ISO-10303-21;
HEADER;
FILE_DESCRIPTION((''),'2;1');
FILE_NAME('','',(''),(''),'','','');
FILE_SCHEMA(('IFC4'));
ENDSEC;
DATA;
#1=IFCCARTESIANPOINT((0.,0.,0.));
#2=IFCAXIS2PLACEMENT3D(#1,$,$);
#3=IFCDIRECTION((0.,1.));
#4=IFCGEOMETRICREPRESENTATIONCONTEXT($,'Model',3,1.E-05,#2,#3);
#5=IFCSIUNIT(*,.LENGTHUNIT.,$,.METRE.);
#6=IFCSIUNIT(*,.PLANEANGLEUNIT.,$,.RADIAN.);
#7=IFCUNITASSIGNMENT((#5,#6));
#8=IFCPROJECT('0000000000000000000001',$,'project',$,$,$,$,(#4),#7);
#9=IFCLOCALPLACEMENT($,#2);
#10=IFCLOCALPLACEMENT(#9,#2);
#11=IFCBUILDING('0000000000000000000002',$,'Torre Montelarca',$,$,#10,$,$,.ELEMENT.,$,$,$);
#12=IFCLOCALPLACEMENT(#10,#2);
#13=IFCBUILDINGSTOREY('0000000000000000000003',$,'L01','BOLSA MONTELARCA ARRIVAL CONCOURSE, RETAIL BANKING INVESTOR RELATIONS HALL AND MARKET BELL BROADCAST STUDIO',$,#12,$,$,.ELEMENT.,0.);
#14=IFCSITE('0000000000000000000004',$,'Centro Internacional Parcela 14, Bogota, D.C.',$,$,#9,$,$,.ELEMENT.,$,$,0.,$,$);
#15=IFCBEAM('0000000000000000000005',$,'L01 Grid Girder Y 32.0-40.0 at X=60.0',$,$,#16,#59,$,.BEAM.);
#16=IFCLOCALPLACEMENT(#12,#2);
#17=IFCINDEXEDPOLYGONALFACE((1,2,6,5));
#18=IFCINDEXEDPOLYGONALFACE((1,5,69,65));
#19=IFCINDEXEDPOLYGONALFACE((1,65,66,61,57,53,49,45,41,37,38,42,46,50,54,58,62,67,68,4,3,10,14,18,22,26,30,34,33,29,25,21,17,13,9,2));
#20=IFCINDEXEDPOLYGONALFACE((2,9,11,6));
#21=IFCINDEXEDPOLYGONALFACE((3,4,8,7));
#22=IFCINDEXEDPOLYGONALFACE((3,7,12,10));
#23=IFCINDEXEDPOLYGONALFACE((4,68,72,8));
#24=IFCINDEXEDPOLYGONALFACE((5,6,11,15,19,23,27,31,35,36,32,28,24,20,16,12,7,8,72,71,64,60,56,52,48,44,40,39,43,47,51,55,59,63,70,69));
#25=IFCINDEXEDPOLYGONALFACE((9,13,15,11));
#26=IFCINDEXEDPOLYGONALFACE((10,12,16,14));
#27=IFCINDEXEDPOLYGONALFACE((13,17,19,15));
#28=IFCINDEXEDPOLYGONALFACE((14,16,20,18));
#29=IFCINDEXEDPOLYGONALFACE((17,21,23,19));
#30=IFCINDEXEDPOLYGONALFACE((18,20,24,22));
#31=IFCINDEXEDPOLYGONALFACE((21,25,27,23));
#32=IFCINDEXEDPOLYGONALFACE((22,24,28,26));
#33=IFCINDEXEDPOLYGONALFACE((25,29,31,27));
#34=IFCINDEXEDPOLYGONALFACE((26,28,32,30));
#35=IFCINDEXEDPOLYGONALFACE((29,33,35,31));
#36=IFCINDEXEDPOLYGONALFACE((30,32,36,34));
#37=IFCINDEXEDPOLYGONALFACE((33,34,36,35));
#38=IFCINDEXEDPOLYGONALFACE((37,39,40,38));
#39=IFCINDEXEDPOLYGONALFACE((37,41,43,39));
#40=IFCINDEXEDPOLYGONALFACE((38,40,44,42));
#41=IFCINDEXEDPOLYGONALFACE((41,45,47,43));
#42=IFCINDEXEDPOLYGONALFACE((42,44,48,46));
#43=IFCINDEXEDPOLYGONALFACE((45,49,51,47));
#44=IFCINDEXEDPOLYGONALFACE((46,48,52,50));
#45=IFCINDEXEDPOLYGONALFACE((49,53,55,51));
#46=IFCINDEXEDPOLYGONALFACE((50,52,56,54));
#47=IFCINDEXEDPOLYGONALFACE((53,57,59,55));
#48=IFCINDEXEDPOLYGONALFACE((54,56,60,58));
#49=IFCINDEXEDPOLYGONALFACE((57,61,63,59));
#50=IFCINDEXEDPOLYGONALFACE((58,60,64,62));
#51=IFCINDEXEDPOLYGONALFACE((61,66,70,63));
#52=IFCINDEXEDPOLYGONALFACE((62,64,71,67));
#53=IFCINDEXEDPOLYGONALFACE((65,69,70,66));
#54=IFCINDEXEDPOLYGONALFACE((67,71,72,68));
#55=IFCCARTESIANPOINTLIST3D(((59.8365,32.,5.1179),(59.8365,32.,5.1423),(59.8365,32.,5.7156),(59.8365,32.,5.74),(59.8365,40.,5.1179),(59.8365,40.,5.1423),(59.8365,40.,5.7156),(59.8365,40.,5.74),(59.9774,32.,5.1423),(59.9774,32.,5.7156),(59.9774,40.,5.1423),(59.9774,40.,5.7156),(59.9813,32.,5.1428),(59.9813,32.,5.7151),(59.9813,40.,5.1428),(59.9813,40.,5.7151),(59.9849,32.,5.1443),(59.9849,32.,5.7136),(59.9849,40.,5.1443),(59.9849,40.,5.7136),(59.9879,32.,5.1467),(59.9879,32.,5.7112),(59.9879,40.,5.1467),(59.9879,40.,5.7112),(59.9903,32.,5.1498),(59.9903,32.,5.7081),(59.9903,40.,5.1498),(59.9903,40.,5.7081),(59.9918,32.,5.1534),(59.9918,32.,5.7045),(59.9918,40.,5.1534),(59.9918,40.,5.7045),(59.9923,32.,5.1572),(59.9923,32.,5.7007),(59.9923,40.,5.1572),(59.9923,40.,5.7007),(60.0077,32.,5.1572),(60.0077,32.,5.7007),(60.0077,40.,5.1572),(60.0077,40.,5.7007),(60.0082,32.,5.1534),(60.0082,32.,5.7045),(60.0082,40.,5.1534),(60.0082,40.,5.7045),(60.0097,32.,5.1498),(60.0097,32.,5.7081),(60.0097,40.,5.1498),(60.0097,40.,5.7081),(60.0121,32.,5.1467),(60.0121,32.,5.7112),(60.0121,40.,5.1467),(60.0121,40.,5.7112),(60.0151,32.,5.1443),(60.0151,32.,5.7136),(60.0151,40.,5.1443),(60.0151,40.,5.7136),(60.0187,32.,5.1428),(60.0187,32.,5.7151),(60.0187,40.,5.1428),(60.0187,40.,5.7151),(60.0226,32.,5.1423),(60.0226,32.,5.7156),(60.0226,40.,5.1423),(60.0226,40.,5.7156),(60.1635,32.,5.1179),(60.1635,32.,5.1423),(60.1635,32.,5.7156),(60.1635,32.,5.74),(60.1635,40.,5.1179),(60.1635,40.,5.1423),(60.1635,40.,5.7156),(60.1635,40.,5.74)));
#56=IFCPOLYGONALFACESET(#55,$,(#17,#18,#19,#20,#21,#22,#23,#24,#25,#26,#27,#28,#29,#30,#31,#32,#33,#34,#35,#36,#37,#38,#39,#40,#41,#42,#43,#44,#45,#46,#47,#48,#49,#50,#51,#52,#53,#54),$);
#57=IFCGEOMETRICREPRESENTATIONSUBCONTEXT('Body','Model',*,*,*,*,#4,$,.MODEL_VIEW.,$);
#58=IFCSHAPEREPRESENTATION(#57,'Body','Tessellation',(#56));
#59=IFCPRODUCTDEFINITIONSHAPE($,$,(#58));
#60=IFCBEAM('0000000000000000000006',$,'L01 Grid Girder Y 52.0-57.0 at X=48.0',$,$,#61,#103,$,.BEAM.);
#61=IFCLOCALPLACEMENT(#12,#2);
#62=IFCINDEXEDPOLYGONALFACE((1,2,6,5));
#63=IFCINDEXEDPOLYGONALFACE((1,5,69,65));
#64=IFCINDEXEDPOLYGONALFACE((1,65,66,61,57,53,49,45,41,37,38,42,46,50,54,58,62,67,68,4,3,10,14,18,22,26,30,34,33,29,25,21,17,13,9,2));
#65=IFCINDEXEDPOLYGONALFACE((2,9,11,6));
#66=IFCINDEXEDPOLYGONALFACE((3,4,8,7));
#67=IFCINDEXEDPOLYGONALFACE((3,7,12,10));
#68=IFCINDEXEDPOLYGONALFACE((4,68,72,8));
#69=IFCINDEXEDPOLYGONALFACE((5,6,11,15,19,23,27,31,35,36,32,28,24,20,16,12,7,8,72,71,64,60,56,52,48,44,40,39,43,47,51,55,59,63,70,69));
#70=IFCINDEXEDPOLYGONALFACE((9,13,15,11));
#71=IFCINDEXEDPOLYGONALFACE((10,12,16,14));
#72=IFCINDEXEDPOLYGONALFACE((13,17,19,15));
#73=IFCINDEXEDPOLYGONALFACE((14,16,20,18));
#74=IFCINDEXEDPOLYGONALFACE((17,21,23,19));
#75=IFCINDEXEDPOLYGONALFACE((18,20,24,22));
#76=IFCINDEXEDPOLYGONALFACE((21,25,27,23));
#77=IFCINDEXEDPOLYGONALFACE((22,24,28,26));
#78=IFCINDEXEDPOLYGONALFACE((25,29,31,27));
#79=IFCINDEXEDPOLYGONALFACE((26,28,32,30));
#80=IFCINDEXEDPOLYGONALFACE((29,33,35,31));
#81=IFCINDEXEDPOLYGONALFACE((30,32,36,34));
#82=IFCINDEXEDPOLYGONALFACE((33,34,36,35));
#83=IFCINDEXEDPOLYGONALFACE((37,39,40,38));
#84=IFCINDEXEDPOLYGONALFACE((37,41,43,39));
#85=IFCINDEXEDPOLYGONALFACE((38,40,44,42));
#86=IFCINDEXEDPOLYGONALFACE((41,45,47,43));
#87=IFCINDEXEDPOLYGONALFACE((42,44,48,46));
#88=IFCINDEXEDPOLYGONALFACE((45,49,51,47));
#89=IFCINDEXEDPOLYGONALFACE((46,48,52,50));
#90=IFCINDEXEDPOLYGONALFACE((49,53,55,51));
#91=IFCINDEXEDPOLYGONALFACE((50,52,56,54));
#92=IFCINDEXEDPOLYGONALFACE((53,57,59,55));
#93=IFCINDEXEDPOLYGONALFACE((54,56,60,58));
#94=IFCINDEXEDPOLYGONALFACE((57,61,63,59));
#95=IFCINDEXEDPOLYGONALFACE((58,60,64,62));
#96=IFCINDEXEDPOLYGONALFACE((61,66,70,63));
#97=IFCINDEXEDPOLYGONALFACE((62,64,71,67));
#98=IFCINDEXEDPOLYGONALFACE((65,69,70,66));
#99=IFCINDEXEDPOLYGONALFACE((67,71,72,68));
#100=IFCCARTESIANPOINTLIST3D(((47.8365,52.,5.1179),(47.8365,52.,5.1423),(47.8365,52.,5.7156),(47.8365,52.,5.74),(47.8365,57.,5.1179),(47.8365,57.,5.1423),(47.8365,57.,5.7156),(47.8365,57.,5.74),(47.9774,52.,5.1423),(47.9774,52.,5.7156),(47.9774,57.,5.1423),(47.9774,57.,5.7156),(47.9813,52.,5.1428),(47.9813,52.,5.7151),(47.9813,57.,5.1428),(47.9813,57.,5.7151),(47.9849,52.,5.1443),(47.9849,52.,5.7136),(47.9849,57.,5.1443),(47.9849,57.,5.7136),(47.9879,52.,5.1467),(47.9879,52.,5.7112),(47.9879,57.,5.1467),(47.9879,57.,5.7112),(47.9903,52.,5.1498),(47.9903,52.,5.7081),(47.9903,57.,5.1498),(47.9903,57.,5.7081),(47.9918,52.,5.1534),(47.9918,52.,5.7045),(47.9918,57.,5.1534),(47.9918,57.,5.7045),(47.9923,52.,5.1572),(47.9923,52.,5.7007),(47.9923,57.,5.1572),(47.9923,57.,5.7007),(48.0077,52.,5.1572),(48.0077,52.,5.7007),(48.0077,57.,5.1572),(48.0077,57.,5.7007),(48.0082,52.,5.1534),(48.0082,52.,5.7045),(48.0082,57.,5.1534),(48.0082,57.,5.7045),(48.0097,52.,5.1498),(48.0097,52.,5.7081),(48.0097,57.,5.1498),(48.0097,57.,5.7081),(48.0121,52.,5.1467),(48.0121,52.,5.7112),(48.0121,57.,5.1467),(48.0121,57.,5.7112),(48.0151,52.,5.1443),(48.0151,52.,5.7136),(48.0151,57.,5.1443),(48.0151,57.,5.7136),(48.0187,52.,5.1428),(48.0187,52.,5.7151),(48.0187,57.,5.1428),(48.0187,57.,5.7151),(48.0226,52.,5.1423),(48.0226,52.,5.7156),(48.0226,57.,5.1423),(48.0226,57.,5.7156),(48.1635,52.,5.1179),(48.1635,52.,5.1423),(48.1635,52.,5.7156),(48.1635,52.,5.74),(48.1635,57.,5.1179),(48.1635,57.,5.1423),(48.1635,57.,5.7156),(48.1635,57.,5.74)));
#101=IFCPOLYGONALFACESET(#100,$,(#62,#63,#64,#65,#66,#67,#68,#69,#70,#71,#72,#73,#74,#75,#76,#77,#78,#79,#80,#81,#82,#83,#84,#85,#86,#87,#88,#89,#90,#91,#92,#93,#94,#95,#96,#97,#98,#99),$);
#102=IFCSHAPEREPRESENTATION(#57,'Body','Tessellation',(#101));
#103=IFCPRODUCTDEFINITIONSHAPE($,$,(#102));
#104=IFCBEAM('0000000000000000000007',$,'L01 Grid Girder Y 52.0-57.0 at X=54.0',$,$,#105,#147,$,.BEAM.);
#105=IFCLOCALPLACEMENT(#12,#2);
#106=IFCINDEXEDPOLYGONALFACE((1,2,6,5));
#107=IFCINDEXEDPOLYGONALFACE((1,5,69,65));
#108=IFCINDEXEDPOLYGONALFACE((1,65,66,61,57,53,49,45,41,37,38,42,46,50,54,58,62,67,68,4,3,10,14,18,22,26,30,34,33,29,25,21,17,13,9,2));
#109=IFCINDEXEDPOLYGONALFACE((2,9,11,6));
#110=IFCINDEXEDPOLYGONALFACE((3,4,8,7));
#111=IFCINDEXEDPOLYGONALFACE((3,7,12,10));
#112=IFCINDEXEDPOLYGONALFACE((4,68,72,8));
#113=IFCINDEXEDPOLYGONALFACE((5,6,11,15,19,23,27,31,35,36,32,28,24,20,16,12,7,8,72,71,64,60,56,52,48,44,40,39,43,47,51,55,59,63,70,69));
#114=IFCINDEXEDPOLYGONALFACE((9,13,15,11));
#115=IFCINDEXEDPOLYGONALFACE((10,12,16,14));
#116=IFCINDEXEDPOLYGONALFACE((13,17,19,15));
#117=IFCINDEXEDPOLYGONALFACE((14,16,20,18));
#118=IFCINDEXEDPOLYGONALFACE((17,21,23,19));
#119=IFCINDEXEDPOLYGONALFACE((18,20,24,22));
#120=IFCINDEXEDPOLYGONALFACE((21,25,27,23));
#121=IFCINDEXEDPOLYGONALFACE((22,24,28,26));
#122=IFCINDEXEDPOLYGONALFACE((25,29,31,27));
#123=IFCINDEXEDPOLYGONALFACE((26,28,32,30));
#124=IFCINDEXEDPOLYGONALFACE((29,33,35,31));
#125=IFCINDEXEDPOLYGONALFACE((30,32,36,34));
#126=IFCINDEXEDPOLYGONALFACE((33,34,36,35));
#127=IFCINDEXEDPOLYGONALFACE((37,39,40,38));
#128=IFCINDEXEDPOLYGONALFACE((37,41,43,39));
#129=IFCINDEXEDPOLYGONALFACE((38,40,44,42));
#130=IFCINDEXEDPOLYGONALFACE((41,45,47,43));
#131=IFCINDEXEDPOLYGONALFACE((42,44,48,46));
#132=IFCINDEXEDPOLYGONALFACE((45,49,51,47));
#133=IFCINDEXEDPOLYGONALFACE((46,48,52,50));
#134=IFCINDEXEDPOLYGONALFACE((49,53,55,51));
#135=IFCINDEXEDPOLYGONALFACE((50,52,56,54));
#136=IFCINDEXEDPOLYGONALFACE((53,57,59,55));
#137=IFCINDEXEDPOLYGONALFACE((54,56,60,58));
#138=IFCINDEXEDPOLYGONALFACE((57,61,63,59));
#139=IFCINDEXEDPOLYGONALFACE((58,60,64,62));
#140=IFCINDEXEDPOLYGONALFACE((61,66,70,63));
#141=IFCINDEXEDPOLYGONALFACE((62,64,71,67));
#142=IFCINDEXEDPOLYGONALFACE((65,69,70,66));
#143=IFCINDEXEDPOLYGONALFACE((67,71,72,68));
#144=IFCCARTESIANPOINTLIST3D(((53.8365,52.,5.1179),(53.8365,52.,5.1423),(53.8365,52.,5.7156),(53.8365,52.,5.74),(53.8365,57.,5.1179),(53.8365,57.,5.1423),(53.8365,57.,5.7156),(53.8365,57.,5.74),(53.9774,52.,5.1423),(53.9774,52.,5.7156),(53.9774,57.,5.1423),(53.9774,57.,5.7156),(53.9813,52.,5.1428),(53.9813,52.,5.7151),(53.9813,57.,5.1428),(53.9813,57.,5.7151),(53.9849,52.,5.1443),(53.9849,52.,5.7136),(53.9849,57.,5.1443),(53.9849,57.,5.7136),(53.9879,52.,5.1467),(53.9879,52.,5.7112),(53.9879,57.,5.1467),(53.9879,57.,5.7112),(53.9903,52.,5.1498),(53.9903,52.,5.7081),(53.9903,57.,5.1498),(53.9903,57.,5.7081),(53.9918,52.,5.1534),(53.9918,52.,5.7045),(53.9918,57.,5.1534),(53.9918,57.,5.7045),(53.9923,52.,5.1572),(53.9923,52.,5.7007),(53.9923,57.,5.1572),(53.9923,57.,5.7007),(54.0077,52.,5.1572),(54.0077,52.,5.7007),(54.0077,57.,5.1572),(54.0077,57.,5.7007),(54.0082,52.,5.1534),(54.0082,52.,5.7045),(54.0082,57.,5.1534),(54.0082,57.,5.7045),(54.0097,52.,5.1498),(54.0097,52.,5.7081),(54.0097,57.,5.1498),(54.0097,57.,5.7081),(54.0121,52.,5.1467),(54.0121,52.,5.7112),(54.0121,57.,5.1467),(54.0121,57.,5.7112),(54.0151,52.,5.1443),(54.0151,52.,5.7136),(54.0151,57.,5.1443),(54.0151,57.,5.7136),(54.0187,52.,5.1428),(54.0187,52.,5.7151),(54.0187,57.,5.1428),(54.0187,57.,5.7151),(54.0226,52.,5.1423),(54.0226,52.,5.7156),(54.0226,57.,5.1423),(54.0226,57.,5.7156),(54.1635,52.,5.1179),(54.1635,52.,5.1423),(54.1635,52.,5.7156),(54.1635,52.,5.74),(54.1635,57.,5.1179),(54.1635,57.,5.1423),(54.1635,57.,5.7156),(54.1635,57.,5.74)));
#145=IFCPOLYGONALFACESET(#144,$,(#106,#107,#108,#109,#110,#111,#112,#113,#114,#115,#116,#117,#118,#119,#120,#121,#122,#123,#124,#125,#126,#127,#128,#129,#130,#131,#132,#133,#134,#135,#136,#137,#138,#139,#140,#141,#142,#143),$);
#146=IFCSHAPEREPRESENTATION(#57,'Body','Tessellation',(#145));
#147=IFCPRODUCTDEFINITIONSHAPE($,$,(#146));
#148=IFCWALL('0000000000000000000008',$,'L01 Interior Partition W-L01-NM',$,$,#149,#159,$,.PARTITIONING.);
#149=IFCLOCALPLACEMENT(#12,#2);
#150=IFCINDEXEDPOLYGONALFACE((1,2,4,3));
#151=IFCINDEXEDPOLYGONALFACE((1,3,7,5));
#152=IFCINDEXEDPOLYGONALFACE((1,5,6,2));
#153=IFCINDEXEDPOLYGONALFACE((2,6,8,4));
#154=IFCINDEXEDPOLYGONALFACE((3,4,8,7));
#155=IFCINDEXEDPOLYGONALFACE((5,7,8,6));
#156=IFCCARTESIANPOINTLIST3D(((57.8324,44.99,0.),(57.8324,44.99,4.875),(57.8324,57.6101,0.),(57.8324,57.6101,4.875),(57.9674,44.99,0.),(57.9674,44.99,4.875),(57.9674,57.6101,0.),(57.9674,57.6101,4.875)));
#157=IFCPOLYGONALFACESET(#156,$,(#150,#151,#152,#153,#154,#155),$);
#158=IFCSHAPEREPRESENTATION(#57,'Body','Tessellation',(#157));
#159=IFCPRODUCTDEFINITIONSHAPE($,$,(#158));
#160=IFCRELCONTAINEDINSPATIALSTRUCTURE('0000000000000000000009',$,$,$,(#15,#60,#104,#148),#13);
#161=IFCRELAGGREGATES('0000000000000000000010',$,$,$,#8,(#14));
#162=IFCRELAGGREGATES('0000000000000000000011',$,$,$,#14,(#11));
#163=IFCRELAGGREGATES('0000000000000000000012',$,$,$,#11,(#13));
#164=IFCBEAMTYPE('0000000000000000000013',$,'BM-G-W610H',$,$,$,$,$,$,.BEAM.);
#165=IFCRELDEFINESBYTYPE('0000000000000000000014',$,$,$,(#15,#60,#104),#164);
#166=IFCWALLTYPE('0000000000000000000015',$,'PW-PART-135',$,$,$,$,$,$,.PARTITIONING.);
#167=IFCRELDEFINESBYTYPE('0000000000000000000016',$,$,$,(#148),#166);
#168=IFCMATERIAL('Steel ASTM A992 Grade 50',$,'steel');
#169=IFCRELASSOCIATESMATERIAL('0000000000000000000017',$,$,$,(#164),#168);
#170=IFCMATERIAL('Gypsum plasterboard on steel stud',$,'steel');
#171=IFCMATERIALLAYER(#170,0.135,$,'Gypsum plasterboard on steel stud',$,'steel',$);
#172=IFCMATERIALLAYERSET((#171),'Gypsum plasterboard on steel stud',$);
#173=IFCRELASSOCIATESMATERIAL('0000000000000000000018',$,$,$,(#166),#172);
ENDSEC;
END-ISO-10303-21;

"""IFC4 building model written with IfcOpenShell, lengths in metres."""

from ifc_helpers import new_model, si_unit, direction, frame, frame_2d, origin, origin_2d, place, context, subcontext, project, spatial, rectangle, i_section, extrude, source, transform, mapped, material, layer, layer_set, material_profile, profile_set, type_object, element, save


model = new_model("IFC4")

# Units and contexts
model_context = context("Model", 3, precision=1e-05, world=origin(), true_north=direction((0.0, 1.0)))
body_context = subcontext(model_context, "Body", "Model", "MODEL_VIEW")
ifc_project = project(units=[si_unit("LENGTHUNIT", "METRE"), si_unit("PLANEANGLEUNIT", "RADIAN")], contexts=[model_context])

# Site, building, storey
site_placement = place(None, origin())
site = spatial("IfcSite", under=ifc_project, at=site_placement, Name="Centro Internacional Parcela 14, Bogota, D.C.", CompositionType="ELEMENT", RefElevation=0.0)
building_placement = place(site_placement, origin())
building = spatial("IfcBuilding", under=site, at=building_placement, Name="Torre Montelarca", CompositionType="ELEMENT")
storey_placement = place(building_placement, origin())
storey = spatial("IfcBuildingStorey", under=building, at=storey_placement, Name="L01", Description="BOLSA MONTELARCA ARRIVAL CONCOURSE, RETAIL BANKING INVESTOR RELATIONS HALL AND MARKET BELL BROADCAST STUDIO", CompositionType="ELEMENT", Elevation=0.0)

# Shared definitions
ifc_material_1 = material(Name="Steel ASTM A992 Grade 50", Category="steel")

# Beams
ifc_material_profile_1 = material_profile(ifc_material_1, i_section(OverallWidth=0.3269, OverallDepth=0.6221, WebThickness=0.0154, FlangeThickness=0.0244, FilletRadius=0.0149, at=origin_2d()), Name="W610X195", Category="steel")
ifc_profile_set_1 = profile_set([ifc_material_profile_1], Name="Steel ASTM A992 Grade 50")
beam_type_1 = type_object("IfcBeamType", Name="BM-G-W610H", PredefinedType="BEAM", material=ifc_profile_set_1)
shared_shape_1 = source(origin(), body_context, "Body", "SweptSolid", [
    extrude(i_section(OverallWidth=0.3269, OverallDepth=0.6221, WebThickness=0.0154, FlangeThickness=0.0244, FilletRadius=0.0149, at=origin_2d()), origin(), (0.0, 0.0, 1.0), 8.0),
])
beam_placement = place(storey_placement, frame((60.0, 32.0, 5.429), z_axis=(0.0, 1.0, 0.0), x_axis=(-1.0, 0.0, 0.0)))
element("IfcBeam", 1, at=beam_placement, inside=storey, type_object=beam_type_1, Name="L01 Grid Girder Y 32.0-40.0 at X=60.0", PredefinedType="BEAM", context=body_context, shape_type="MappedRepresentation", body=[
    mapped(shared_shape_1, transform((0.0, 0.0, 0.0), scale=1.0)),
])
shared_shape_2 = source(origin(), body_context, "Body", "SweptSolid", [
    extrude(i_section(OverallWidth=0.3269, OverallDepth=0.6221, WebThickness=0.0154, FlangeThickness=0.0244, FilletRadius=0.0149, at=origin_2d()), origin(), (0.0, 0.0, 1.0), 5.0),
])
for number, where, z_axis, x_axis, name in (
    (2, (48.0, 52.0, 5.429), (0.0, 1.0, 0.0), (-1.0, 0.0, 0.0), "L01 Grid Girder Y 52.0-57.0 at X=48.0"),
    (3, (54.0, 52.0, 5.429), (0.0, 1.0, 0.0), (-1.0, 0.0, 0.0), "L01 Grid Girder Y 52.0-57.0 at X=54.0"),
):
    element("IfcBeam", number, at=place(storey_placement, frame(where, z_axis=z_axis, x_axis=x_axis)), inside=storey, type_object=beam_type_1, Name=name, PredefinedType="BEAM", context=body_context, shape_type="MappedRepresentation", body=[
        mapped(shared_shape_2, transform((0.0, 0.0, 0.0), scale=1.0)),
    ])

# Wall
ifc_material_2 = material(Name="Gypsum plasterboard on steel stud", Category="steel")
ifc_layer = layer(ifc_material_2, 0.135, Name="Gypsum plasterboard on steel stud", Category="steel")
ifc_layer_set = layer_set([ifc_layer], Name="Gypsum plasterboard on steel stud")
wall_type = type_object("IfcWallType", Name="PW-PART-135", PredefinedType="PARTITIONING", material=ifc_layer_set)
wall_placement = place(storey_placement, frame((57.8999, 44.99, 0.0), z_axis=(0.0, 0.0, 1.0), x_axis=(0.0, 1.0, 0.0)))
element("IfcWall", 4, at=wall_placement, inside=storey, type_object=wall_type, Name="L01 Interior Partition W-L01-NM", PredefinedType="PARTITIONING", context=body_context, shape_type="SweptSolid", body=[
    extrude(rectangle(XDim=12.6201, YDim=0.135, at=frame_2d((6.3101, 0.0))), origin(), (0.0, 0.0, 1.0), 4.875),
])

save(model, "model.ifc")
